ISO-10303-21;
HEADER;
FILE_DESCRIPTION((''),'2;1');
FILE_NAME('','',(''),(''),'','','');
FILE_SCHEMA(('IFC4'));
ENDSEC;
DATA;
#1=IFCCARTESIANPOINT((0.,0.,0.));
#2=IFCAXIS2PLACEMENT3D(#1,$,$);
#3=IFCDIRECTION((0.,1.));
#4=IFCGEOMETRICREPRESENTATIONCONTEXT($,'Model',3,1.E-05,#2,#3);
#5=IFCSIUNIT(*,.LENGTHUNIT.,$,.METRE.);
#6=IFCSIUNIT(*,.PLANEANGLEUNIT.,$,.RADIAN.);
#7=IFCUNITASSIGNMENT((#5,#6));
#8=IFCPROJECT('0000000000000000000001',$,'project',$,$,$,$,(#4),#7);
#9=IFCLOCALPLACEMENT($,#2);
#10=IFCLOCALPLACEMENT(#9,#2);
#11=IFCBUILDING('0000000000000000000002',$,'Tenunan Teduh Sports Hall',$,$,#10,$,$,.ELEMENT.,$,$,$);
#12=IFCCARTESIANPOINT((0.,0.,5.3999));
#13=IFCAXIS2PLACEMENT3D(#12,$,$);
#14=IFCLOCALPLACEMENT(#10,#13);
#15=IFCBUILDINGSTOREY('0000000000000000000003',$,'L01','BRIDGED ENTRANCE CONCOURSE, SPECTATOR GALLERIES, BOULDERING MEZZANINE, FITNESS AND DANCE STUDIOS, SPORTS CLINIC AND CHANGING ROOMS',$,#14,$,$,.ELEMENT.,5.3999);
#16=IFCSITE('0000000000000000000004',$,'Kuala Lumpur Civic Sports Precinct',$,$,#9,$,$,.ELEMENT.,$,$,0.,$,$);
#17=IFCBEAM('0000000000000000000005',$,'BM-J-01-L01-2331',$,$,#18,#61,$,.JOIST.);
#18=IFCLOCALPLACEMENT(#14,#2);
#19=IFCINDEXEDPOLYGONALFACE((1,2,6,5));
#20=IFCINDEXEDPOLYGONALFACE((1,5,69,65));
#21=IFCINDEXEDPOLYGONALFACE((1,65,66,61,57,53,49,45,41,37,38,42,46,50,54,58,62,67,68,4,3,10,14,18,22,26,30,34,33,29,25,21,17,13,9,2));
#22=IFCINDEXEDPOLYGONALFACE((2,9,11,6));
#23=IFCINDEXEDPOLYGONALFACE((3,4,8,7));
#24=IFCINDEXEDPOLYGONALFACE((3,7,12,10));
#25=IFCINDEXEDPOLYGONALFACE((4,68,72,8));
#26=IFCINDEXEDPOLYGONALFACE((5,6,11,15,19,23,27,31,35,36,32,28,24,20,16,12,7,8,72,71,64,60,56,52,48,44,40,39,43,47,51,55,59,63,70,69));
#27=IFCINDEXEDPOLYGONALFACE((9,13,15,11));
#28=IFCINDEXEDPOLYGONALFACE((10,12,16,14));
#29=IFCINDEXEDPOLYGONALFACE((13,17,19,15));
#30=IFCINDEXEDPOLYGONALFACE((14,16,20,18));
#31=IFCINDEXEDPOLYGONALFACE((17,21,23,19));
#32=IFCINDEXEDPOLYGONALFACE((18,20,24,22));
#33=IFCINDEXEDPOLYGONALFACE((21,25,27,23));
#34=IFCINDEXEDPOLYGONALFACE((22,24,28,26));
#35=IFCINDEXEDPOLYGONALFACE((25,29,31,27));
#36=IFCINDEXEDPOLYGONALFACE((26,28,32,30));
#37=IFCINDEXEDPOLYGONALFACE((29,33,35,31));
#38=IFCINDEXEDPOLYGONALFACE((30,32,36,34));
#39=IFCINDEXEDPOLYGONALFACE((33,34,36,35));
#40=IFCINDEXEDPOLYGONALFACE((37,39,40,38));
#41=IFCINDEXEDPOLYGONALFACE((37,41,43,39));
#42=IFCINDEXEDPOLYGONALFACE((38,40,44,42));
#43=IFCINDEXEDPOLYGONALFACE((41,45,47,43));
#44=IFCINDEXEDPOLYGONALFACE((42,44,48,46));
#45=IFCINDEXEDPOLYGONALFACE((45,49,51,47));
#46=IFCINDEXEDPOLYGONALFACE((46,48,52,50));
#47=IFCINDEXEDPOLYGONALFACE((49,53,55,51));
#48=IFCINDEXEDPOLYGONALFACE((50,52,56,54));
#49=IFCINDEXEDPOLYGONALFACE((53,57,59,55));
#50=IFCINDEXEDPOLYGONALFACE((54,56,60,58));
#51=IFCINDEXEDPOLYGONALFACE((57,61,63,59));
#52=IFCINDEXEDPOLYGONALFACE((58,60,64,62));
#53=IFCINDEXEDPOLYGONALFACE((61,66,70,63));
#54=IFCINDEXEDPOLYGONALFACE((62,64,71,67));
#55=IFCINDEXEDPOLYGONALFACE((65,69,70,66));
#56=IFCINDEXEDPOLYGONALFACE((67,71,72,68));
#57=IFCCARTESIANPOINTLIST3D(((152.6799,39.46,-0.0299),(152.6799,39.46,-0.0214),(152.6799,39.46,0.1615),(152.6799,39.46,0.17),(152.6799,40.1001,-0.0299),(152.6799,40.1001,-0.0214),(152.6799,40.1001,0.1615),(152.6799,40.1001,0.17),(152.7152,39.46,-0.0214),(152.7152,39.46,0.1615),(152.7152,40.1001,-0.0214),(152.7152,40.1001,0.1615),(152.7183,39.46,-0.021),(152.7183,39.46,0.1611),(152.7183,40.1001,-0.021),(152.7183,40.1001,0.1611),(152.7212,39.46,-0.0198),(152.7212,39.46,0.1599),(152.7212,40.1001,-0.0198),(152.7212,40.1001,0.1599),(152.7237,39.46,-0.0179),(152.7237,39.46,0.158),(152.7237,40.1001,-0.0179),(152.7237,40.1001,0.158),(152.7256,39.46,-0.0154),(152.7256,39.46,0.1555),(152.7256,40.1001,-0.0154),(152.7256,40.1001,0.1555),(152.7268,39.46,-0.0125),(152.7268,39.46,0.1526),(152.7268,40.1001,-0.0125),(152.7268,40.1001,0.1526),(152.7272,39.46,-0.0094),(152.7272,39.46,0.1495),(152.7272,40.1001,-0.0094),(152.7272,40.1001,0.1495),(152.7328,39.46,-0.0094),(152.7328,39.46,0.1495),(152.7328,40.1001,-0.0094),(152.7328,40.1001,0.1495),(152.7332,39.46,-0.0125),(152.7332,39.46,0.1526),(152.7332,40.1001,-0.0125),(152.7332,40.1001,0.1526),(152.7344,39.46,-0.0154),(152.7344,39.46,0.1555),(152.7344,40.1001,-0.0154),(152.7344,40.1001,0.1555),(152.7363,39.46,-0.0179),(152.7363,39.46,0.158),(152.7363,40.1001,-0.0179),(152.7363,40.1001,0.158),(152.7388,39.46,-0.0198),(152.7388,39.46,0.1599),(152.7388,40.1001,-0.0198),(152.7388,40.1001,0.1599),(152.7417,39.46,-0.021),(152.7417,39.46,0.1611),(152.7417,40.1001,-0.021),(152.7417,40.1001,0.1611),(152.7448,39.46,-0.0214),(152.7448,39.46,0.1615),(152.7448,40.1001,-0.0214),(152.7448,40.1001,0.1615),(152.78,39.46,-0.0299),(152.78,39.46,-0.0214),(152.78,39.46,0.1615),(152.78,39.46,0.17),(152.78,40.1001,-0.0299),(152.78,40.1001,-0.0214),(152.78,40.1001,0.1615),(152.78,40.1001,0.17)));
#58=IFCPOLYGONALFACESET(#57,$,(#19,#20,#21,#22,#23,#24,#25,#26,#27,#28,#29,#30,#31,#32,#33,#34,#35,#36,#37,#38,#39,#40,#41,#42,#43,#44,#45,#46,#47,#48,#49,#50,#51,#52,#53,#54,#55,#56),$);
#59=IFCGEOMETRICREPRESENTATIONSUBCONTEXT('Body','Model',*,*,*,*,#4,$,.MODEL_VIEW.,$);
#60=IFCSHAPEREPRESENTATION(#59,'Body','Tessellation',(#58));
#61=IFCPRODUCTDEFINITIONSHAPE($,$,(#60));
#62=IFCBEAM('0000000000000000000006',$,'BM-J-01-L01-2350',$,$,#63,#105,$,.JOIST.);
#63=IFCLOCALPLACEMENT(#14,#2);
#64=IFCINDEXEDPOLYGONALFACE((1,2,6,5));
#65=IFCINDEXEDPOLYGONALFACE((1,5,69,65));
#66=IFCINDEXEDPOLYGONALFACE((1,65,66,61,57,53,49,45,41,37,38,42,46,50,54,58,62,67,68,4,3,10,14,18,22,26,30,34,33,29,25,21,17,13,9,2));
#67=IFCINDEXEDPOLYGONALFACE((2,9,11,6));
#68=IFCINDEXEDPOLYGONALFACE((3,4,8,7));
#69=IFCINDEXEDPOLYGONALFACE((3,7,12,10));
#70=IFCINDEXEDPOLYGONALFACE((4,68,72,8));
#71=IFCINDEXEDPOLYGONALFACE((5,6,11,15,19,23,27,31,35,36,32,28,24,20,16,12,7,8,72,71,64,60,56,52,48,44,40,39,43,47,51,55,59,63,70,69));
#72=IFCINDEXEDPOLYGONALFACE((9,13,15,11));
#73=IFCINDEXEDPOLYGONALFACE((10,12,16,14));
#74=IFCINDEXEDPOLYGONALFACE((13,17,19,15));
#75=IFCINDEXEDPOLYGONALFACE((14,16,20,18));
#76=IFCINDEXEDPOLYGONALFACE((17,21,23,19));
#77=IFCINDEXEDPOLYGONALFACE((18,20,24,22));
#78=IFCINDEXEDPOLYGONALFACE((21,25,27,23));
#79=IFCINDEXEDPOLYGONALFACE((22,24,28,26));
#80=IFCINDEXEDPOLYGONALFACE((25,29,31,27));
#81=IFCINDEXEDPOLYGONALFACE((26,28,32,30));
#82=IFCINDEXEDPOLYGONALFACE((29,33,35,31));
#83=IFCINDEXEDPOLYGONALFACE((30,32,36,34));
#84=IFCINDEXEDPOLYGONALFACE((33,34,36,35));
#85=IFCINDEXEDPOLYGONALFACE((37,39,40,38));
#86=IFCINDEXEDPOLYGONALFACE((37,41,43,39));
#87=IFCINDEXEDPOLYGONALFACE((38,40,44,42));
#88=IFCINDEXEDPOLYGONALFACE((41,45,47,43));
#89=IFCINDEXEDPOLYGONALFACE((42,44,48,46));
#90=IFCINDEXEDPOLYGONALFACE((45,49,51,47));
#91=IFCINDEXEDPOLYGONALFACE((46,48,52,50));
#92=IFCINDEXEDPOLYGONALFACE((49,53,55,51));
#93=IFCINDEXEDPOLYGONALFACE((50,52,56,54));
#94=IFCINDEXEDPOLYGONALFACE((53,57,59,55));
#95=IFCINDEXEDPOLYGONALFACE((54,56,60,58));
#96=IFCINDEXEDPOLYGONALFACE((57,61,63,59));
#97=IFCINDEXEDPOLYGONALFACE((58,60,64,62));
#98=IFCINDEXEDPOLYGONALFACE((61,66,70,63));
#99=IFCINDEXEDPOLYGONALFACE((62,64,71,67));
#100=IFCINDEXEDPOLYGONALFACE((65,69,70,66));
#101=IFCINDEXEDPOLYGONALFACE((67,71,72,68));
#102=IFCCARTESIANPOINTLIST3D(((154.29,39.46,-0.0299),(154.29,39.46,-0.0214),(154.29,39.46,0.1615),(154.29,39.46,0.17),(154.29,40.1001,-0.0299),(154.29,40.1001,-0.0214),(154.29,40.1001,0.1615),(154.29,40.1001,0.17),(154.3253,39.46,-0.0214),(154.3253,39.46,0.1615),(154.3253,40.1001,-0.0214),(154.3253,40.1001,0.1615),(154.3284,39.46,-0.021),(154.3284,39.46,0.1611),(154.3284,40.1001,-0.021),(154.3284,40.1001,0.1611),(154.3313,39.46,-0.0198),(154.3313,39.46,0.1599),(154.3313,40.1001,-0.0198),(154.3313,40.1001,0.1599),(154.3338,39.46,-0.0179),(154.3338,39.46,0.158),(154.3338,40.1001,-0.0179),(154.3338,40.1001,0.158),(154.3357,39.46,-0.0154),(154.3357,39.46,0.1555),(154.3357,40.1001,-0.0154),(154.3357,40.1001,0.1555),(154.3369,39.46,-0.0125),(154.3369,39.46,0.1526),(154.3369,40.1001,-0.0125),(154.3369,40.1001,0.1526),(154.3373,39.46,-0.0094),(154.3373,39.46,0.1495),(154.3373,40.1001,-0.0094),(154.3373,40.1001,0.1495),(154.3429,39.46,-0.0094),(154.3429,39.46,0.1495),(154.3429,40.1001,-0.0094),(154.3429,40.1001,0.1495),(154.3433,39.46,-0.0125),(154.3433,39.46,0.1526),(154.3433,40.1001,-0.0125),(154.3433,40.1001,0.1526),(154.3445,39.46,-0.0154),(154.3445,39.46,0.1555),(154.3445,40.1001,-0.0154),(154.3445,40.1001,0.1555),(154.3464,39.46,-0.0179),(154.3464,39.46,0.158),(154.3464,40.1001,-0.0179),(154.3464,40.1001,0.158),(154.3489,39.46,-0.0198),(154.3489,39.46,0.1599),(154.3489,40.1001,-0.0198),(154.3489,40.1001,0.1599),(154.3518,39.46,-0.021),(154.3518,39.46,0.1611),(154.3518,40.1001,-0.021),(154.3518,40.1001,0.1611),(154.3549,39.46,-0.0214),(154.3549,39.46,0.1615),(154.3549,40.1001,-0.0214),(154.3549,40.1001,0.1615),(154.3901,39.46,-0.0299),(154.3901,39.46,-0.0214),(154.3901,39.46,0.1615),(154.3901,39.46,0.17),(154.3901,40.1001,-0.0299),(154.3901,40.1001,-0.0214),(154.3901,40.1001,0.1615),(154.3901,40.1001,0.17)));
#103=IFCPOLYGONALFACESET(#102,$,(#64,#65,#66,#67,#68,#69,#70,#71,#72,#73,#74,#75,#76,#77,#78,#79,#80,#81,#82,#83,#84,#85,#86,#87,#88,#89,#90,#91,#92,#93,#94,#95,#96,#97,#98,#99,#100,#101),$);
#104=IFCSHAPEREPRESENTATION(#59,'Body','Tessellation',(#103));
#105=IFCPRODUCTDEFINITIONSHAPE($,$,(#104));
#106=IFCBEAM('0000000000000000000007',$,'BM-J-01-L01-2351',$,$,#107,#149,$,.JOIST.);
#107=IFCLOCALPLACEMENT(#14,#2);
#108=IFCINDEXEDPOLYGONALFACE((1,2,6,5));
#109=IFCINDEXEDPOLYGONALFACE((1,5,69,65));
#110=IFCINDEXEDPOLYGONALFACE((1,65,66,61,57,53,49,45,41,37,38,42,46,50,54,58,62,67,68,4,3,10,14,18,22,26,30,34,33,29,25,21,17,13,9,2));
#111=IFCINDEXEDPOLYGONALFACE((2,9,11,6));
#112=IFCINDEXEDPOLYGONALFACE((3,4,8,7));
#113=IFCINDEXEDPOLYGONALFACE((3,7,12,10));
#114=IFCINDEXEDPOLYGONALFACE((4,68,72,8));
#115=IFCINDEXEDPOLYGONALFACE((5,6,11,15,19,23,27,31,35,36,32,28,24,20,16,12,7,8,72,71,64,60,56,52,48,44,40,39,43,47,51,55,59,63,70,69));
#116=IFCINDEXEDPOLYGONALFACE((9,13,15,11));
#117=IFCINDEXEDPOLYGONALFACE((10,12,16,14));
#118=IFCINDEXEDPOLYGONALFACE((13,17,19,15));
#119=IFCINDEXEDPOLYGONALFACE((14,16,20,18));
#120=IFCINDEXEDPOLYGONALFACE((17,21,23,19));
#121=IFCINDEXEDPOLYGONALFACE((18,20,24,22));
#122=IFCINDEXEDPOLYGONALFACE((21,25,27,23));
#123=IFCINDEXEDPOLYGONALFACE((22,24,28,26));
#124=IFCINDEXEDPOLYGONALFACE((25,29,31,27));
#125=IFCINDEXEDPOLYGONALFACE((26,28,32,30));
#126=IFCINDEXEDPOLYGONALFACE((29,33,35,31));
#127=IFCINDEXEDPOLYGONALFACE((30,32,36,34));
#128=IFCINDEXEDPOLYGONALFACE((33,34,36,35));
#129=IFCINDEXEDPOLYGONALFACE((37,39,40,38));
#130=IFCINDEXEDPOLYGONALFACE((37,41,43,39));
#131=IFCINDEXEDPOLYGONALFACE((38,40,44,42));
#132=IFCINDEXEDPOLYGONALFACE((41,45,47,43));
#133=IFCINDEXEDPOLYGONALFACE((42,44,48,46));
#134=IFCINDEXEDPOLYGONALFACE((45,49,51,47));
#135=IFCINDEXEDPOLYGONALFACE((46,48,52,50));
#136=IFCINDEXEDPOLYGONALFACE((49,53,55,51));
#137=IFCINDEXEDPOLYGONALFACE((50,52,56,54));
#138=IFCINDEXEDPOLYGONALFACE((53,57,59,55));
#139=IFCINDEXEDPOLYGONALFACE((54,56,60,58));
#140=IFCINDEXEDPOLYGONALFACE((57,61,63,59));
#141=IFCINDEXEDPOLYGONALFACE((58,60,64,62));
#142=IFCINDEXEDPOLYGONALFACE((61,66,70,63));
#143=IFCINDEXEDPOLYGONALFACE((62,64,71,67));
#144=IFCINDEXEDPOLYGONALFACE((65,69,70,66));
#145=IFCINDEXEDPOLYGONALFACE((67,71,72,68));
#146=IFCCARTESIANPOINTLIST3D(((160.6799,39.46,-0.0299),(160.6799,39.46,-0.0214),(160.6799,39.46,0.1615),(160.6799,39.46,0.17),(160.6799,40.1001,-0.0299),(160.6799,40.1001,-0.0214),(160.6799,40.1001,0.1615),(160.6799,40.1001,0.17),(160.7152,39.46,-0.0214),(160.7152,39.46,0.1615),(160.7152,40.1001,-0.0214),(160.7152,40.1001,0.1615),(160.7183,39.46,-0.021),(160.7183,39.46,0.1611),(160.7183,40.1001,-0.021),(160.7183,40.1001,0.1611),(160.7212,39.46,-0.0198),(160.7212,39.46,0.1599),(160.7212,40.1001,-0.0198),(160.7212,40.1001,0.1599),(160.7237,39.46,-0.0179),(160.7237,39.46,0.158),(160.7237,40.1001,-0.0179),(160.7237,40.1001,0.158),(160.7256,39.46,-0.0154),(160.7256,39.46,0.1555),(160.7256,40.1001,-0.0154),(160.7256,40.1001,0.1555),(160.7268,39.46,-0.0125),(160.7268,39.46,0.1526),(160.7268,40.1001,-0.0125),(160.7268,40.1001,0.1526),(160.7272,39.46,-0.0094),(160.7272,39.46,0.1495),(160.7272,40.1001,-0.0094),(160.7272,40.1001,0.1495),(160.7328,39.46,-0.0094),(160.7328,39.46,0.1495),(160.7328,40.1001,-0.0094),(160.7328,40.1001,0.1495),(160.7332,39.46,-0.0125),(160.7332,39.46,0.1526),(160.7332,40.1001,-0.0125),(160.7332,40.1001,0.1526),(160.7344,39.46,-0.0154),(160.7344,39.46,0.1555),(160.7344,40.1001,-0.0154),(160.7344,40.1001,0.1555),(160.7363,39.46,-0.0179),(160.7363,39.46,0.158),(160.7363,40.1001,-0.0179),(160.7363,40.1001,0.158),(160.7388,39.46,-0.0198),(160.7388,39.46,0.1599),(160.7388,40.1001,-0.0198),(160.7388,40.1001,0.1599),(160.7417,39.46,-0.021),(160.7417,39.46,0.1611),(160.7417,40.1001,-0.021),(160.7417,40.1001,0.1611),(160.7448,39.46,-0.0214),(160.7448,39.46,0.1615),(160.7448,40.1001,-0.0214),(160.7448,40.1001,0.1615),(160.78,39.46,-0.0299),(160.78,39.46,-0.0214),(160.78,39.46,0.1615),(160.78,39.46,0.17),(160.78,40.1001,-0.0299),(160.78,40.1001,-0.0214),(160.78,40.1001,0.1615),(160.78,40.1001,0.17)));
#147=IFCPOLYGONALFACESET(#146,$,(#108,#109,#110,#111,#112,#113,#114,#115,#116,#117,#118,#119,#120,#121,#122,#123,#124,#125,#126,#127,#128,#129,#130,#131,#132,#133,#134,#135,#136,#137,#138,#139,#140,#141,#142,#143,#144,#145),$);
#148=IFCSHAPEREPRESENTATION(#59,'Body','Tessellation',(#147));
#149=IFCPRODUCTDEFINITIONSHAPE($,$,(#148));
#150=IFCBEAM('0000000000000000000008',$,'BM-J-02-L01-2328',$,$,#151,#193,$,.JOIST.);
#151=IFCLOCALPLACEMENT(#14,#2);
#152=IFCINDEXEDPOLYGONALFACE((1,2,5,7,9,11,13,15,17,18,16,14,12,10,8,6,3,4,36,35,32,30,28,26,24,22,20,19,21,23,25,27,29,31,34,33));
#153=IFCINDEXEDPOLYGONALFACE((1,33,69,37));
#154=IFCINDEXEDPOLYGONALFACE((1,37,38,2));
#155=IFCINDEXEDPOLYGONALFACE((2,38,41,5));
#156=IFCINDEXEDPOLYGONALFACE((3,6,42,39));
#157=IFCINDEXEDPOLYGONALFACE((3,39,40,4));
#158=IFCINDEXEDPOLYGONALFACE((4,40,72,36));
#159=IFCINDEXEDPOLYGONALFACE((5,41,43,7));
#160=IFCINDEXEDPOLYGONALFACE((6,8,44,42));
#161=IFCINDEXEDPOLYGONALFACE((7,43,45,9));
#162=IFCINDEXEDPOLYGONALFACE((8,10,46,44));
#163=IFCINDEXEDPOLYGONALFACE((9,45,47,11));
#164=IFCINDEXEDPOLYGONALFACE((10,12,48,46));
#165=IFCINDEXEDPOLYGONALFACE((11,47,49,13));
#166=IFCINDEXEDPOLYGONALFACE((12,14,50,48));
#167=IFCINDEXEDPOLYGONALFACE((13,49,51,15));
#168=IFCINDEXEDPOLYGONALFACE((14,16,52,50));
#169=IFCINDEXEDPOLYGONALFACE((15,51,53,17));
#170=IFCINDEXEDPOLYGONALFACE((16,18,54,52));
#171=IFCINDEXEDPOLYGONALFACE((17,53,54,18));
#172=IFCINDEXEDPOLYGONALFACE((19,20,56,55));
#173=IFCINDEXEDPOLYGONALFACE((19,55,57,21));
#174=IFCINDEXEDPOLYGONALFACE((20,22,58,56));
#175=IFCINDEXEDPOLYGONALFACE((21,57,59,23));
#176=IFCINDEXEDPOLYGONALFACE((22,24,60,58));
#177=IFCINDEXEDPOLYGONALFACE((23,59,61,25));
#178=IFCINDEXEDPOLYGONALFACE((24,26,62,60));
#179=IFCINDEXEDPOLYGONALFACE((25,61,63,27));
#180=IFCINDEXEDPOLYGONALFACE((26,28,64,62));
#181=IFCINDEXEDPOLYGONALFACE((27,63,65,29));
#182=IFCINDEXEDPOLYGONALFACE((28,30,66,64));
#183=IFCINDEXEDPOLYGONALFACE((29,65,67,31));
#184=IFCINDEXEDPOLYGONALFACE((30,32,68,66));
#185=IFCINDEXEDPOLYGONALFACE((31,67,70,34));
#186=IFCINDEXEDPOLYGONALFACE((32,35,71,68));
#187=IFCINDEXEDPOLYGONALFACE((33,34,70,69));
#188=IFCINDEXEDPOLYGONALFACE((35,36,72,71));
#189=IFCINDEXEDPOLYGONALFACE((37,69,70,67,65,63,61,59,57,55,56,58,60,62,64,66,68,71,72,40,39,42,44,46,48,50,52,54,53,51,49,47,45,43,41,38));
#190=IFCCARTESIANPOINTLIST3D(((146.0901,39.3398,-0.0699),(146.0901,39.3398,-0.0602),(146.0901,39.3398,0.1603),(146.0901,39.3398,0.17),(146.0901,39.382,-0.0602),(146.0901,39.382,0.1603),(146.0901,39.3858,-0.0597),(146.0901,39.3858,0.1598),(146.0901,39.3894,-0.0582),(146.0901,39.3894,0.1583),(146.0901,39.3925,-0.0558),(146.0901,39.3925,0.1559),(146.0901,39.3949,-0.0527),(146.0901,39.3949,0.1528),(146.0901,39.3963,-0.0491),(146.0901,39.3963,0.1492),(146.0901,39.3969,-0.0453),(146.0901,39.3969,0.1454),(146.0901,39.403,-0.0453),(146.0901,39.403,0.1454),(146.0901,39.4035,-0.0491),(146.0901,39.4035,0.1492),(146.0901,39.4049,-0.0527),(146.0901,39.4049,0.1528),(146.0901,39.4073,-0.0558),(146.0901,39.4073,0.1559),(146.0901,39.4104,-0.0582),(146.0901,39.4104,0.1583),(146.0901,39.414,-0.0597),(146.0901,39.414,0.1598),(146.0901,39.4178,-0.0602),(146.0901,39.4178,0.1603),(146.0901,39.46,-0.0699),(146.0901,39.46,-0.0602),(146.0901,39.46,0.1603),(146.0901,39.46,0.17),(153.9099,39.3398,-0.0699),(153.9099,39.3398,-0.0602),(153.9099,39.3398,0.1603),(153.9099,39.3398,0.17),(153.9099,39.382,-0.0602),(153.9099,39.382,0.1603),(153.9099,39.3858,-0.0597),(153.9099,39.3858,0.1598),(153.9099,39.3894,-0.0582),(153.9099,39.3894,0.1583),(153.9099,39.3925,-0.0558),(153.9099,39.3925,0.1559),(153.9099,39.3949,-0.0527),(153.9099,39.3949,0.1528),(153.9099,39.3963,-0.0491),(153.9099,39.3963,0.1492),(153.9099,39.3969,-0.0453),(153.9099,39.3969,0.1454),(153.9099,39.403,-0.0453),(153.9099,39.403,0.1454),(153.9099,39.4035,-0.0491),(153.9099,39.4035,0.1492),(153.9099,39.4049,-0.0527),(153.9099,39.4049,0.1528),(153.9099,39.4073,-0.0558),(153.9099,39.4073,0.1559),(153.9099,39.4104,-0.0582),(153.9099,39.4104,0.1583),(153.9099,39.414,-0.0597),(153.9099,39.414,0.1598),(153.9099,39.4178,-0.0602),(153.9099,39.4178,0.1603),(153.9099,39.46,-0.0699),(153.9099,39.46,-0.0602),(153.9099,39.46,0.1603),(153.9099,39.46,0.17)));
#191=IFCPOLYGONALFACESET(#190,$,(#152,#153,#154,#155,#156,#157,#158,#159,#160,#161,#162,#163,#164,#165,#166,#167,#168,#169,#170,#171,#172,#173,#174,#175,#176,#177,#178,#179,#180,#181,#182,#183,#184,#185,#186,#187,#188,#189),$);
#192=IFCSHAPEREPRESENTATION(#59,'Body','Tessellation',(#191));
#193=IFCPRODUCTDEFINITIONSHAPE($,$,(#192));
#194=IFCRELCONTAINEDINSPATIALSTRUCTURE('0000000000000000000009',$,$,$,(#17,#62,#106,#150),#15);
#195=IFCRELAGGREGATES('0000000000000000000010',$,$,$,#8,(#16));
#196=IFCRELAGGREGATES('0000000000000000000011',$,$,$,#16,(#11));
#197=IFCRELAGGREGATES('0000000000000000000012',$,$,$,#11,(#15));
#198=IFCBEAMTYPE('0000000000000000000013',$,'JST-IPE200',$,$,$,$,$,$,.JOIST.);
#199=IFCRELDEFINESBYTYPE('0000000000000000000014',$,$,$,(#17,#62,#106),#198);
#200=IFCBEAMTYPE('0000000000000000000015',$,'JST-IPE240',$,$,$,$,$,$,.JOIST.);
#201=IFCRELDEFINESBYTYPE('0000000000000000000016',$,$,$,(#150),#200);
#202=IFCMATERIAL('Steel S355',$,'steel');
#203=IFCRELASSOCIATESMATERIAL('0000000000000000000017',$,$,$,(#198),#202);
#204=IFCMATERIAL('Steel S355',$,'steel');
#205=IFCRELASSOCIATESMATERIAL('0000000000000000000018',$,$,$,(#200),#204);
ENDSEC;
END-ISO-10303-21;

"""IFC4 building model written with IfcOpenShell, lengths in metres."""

from ifc_helpers import new_model, si_unit, direction, frame, origin, origin_2d, place, context, subcontext, project, spatial, i_section, extrude, material, material_profile, profile_set, type_object, element, save


model = new_model("IFC4")

# Units and contexts
model_context = context("Model", 3, precision=1e-05, world=origin(), true_north=direction((0.0, 1.0)))
body_context = subcontext(model_context, "Body", "Model", "MODEL_VIEW")
ifc_project = project(units=[si_unit("LENGTHUNIT", "METRE"), si_unit("PLANEANGLEUNIT", "RADIAN")], contexts=[model_context])

# Site, building, storey
site_placement = place(None, origin())
site = spatial("IfcSite", under=ifc_project, at=site_placement, Name="Kuala Lumpur Civic Sports Precinct", CompositionType="ELEMENT", RefElevation=0.0)
building_placement = place(site_placement, origin())
building = spatial("IfcBuilding", under=site, at=building_placement, Name="Tenunan Teduh Sports Hall", CompositionType="ELEMENT")
storey_placement = place(building_placement, frame((0.0, 0.0, 5.3999)))
storey = spatial("IfcBuildingStorey", under=building, at=storey_placement, Name="L01", Description="BRIDGED ENTRANCE CONCOURSE, SPECTATOR GALLERIES, BOULDERING MEZZANINE, FITNESS AND DANCE STUDIOS, SPORTS CLINIC AND CHANGING ROOMS", CompositionType="ELEMENT", Elevation=5.3999)

# Beams
ifc_material_1 = material(Name="Steel S355", Category="steel")
ifc_material_profile_1 = material_profile(ifc_material_1, i_section(OverallWidth=0.1001, OverallDepth=0.2, WebThickness=0.0056, FlangeThickness=0.0085, FilletRadius=0.012, at=origin_2d()), Name="IPE 200")
ifc_profile_set_1 = profile_set([ifc_material_profile_1], Name="Steel S355")
beam_type_1 = type_object("IfcBeamType", Name="JST-IPE200", PredefinedType="JOIST", material=ifc_profile_set_1)
for number, where, z_axis, x_axis, name in (
    (1, (152.73, 39.46, 0.0701), (0.0, 1.0, 0.0), (-1.0, 0.0, 0.0), "BM-J-01-L01-2331"),
    (2, (154.3401, 39.46, 0.0701), (0.0, 1.0, 0.0), (-1.0, 0.0, 0.0), "BM-J-01-L01-2350"),
    (3, (160.73, 39.46, 0.0701), (0.0, 1.0, 0.0), (-1.0, 0.0, 0.0), "BM-J-01-L01-2351"),
):
    element("IfcBeam", number, at=place(storey_placement, frame(where, z_axis=z_axis, x_axis=x_axis)), inside=storey, type_object=beam_type_1, Name=name, PredefinedType="JOIST", context=body_context, shape_type="SweptSolid", body=[
        extrude(i_section(OverallWidth=0.1001, OverallDepth=0.2, WebThickness=0.0056, FlangeThickness=0.0085, FilletRadius=0.012, at=origin_2d()), origin(), (0.0, 0.0, 1.0), 0.6401),
    ])
ifc_material_2 = material(Name="Steel S355", Category="steel")
ifc_material_profile_2 = material_profile(ifc_material_2, i_section(OverallWidth=0.1201, OverallDepth=0.24, WebThickness=0.0061, FlangeThickness=0.0098, FilletRadius=0.0149, at=origin_2d()), Name="IPE 240")
ifc_profile_set_2 = profile_set([ifc_material_profile_2], Name="Steel S355")
beam_type_2 = type_object("IfcBeamType", Name="JST-IPE240", PredefinedType="JOIST", material=ifc_profile_set_2)
for number, where, z_axis, x_axis, name in (
    (4, (146.0901, 39.3999, 0.05), (1.0, 0.0, 0.0), (0.0, 1.0, 0.0), "BM-J-02-L01-2328"),
):
    element("IfcBeam", number, at=place(storey_placement, frame(where, z_axis=z_axis, x_axis=x_axis)), inside=storey, type_object=beam_type_2, Name=name, PredefinedType="JOIST", context=body_context, shape_type="SweptSolid", body=[
        extrude(i_section(OverallWidth=0.1201, OverallDepth=0.24, WebThickness=0.0061, FlangeThickness=0.0098, FilletRadius=0.0149, at=origin_2d()), origin(), (0.0, 0.0, 1.0), 7.8198),
    ])

save(model, "model.ifc")
